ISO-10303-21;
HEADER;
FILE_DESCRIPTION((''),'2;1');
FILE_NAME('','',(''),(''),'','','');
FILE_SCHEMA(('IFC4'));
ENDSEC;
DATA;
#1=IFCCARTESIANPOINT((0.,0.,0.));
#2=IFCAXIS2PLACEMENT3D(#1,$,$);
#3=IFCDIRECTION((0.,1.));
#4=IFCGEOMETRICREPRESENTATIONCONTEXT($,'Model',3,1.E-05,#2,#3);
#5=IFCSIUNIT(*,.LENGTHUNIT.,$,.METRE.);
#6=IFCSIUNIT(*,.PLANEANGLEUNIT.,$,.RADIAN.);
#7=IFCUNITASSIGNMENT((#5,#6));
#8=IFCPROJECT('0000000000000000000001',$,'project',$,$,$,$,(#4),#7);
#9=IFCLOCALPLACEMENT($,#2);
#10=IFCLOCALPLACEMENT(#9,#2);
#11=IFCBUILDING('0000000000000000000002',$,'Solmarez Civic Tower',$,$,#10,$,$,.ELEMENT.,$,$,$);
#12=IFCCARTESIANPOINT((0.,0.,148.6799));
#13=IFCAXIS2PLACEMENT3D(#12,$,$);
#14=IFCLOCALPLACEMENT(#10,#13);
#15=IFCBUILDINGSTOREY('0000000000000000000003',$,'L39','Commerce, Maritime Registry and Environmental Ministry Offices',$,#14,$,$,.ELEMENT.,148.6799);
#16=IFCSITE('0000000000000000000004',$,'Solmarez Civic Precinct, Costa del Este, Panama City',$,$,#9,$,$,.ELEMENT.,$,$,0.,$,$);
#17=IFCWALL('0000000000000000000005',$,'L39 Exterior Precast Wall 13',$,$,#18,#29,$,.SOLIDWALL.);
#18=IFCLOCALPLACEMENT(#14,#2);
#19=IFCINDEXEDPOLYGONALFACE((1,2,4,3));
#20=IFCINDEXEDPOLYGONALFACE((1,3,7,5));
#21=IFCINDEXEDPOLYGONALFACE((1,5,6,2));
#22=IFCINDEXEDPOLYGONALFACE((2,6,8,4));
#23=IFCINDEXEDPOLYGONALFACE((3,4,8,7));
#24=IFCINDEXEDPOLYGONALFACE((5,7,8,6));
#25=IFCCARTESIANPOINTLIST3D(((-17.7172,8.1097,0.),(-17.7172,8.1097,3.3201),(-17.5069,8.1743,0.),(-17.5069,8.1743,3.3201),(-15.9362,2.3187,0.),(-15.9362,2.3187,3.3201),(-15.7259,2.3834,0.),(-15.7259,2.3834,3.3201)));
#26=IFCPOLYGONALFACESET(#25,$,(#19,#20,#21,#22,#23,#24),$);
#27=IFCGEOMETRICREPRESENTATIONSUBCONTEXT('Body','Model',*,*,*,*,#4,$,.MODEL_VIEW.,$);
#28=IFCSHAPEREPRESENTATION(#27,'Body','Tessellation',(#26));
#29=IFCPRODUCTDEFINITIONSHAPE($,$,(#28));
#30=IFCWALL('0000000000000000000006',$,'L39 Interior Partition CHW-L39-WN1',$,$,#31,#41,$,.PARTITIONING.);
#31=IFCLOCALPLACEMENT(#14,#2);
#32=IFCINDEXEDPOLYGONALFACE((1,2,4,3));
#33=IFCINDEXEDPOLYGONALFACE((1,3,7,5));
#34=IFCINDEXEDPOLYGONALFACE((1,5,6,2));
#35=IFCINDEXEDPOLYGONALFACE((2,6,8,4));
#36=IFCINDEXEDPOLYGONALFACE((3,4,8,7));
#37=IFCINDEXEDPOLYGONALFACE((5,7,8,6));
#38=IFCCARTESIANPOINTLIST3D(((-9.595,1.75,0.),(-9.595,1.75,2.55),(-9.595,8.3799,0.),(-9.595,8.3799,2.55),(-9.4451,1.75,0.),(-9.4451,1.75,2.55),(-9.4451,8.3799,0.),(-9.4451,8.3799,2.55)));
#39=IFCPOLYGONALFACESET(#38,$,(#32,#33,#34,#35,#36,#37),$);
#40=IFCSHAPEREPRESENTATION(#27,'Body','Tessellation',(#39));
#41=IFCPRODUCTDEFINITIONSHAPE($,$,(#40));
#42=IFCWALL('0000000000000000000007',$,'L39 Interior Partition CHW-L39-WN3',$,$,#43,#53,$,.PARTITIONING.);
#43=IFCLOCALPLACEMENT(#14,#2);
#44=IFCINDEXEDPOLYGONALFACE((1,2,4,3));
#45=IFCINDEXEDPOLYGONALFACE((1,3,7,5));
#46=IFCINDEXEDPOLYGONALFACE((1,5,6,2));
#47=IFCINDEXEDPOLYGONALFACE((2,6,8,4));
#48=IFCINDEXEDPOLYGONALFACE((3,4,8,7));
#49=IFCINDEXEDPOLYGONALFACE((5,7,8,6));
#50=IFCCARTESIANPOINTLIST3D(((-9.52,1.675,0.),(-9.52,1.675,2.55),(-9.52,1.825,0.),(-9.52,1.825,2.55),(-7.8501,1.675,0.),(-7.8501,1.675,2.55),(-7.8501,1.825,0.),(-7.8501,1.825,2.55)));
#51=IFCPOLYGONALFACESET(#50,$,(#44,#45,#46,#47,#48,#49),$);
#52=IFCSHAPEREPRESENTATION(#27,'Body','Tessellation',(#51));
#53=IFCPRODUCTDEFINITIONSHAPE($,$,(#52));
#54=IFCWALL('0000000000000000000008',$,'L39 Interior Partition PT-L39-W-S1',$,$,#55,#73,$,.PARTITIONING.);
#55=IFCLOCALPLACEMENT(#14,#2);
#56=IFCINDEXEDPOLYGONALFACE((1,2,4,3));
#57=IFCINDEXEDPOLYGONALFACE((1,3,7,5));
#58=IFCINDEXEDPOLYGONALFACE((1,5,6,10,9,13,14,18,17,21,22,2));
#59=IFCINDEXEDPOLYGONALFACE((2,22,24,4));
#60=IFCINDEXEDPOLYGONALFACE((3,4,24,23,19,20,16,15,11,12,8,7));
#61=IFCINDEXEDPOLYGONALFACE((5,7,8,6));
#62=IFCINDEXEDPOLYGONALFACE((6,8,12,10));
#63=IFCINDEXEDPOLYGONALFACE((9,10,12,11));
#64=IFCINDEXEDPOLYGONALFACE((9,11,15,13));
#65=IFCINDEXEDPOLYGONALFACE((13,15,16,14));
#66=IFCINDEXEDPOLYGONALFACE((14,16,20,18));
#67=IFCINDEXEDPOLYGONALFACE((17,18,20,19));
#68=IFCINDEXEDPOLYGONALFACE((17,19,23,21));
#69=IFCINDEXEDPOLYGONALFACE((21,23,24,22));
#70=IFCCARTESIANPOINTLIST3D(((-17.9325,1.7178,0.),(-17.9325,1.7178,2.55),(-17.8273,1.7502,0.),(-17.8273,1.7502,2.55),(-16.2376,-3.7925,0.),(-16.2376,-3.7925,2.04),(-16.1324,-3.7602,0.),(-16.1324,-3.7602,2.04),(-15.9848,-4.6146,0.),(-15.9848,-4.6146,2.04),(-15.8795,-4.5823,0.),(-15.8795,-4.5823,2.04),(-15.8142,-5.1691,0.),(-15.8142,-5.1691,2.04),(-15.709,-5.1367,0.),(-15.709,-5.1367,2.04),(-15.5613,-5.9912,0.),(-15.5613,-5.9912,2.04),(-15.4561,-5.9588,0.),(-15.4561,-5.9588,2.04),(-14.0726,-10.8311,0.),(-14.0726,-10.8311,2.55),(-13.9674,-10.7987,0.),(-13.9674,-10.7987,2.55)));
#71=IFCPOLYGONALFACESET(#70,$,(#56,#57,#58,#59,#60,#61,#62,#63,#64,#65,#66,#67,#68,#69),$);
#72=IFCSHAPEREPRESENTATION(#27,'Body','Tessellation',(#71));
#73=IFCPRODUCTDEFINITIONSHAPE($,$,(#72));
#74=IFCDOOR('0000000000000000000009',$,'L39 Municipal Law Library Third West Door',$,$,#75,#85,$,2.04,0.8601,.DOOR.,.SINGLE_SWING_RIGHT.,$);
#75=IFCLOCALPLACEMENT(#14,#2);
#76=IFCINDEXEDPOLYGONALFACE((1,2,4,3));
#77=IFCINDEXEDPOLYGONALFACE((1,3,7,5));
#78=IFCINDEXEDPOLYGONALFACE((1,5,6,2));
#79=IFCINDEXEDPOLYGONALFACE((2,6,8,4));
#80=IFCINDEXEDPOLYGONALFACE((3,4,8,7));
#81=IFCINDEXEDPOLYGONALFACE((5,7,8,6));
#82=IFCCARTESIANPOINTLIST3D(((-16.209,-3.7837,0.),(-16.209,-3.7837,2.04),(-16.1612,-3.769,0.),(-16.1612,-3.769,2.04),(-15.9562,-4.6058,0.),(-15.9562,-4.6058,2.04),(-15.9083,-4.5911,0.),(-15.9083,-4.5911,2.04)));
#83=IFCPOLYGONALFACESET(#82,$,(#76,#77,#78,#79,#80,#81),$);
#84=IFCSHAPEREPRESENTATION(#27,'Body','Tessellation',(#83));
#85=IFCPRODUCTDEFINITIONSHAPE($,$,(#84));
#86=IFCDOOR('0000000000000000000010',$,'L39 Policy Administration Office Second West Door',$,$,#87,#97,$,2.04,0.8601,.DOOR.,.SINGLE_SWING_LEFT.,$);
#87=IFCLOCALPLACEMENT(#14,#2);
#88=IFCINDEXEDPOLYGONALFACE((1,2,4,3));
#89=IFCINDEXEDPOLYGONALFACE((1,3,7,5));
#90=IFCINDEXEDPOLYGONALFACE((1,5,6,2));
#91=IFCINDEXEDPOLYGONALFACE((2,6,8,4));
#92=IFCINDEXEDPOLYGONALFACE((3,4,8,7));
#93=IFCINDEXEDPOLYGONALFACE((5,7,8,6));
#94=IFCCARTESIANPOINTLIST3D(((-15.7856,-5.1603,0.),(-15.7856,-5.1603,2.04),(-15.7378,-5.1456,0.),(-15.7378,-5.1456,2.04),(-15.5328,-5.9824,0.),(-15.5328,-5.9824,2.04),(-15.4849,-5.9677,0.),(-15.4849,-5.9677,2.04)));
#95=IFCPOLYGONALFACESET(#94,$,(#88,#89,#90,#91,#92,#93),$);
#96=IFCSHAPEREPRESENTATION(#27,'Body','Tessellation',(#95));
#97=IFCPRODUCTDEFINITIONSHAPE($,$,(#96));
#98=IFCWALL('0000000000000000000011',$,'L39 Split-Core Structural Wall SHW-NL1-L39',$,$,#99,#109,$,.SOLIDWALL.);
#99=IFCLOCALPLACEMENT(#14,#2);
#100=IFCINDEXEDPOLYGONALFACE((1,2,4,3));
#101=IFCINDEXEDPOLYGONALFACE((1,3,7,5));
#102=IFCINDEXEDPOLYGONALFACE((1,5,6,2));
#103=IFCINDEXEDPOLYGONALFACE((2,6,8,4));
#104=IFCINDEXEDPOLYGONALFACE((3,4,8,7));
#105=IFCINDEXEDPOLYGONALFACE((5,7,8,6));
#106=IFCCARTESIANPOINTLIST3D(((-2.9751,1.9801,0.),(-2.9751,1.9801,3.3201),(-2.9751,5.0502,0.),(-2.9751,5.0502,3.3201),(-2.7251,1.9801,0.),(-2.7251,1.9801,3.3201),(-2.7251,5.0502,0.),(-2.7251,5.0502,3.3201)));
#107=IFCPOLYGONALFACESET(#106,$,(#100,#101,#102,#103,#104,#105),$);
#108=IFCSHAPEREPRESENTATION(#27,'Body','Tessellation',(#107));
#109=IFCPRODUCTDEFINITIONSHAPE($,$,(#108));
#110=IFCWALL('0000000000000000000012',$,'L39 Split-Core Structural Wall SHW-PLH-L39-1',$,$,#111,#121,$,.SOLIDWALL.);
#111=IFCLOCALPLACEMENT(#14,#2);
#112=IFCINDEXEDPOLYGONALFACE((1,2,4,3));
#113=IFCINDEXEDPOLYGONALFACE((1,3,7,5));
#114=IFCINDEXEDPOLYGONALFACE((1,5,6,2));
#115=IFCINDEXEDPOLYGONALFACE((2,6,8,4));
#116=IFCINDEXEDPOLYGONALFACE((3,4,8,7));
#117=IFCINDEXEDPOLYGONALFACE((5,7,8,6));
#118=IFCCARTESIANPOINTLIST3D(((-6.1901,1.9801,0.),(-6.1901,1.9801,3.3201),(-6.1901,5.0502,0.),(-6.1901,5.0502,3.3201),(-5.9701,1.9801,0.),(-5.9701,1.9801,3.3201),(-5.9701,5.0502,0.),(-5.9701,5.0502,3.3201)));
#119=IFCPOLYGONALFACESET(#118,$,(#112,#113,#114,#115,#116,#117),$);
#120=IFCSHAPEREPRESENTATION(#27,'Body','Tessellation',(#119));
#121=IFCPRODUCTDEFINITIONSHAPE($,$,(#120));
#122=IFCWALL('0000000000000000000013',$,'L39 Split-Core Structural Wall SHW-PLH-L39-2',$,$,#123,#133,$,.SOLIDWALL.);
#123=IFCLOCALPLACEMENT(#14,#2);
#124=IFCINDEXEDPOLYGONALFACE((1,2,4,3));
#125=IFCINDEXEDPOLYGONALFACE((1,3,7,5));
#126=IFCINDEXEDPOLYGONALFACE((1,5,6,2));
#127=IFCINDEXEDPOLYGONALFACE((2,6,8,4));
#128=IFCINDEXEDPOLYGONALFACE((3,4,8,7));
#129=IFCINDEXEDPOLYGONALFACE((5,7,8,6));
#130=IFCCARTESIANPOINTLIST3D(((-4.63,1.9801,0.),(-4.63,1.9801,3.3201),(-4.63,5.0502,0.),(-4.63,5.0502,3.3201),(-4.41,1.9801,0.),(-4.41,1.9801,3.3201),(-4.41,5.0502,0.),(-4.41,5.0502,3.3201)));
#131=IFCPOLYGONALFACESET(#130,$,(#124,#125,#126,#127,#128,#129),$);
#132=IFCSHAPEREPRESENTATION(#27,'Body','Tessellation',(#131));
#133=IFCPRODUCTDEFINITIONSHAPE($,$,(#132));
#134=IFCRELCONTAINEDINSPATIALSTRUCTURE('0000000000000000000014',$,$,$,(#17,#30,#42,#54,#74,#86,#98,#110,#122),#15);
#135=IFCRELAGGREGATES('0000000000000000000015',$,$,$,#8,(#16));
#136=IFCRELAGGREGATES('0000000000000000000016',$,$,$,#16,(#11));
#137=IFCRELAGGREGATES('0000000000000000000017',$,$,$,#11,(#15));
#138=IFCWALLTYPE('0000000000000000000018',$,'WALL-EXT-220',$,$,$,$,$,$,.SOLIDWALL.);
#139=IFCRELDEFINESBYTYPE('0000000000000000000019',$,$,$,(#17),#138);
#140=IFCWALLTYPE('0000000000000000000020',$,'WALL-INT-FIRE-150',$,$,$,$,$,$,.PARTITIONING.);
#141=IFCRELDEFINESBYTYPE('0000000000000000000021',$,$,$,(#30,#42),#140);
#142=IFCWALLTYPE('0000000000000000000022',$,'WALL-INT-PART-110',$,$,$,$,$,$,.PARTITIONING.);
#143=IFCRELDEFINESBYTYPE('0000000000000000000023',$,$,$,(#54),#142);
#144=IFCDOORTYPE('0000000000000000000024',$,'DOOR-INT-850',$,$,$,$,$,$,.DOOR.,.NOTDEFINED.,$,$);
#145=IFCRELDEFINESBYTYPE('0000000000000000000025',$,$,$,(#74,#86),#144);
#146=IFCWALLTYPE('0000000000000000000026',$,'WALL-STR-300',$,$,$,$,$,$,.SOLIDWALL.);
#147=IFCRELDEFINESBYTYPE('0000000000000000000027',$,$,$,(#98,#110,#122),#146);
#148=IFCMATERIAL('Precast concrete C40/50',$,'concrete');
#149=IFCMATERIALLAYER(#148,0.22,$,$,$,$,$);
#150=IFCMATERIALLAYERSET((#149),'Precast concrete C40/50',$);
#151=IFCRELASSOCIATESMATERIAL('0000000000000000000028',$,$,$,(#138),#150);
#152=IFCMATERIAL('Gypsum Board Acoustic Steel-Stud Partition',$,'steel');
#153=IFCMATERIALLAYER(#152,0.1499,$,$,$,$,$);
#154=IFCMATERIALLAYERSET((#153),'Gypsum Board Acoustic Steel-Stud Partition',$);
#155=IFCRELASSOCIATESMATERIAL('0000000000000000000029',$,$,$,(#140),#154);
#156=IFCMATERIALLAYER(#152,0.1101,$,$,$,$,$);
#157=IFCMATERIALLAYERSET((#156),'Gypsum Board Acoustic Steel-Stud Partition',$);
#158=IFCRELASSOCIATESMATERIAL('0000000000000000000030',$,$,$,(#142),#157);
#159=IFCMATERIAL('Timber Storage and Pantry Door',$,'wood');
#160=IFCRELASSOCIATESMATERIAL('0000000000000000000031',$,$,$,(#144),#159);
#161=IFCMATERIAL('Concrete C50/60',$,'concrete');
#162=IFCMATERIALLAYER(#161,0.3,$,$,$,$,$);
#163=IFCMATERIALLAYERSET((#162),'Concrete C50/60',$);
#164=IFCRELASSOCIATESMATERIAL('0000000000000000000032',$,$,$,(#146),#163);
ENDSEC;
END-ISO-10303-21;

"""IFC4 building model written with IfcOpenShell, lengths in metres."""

from ifc_helpers import new_model, si_unit, direction, frame, frame_2d, origin, place, context, subcontext, project, spatial, rectangle, extrude, material, layer, layer_set, type_object, element, fill, save


model = new_model("IFC4")

# Units and contexts
model_context = context("Model", 3, precision=1e-05, world=origin(), true_north=direction((0.0, 1.0)))
body_context = subcontext(model_context, "Body", "Model", "MODEL_VIEW")
ifc_project = project(units=[si_unit("LENGTHUNIT", "METRE"), si_unit("PLANEANGLEUNIT", "RADIAN")], contexts=[model_context])

# Site, building, storey
site_placement = place(None, origin())
site = spatial("IfcSite", under=ifc_project, at=site_placement, Name="Solmarez Civic Precinct, Costa del Este, Panama City", CompositionType="ELEMENT", RefElevation=0.0)
building_placement = place(site_placement, origin())
building = spatial("IfcBuilding", under=site, at=building_placement, Name="Solmarez Civic Tower", CompositionType="ELEMENT")
storey_placement = place(building_placement, frame((0.0, 0.0, 148.6799)))
storey = spatial("IfcBuildingStorey", under=building, at=storey_placement, Name="L39", Description="Commerce, Maritime Registry and Environmental Ministry Offices", CompositionType="ELEMENT", Elevation=148.6799)

# Shared definitions
ifc_material_1 = material(Name="Concrete C50/60", Category="concrete")

# Walls
ifc_material_2 = material(Name="Precast concrete C40/50", Category="concrete")
ifc_layer_1 = layer(ifc_material_2, 0.22)
ifc_layer_set_1 = layer_set([ifc_layer_1], Name="Precast concrete C40/50")
wall_type_1 = type_object("IfcWallType", Name="WALL-EXT-220", PredefinedType="SOLIDWALL", material=ifc_layer_set_1)
wall_1_placement = place(storey_placement, frame((-15.8311, 2.3511, 0.0), z_axis=(0.0, 0.0, 1.0), x_axis=(-0.293958, 0.955818, 0.0)))
element("IfcWall", 1, at=wall_1_placement, inside=storey, type_object=wall_type_1, Name="L39 Exterior Precast Wall 13", PredefinedType="SOLIDWALL", context=body_context, shape_type="SweptSolid", body=[
    extrude(rectangle(XDim=6.0586, YDim=0.22, at=frame_2d((3.0293, 0.0))), origin(), (0.0, 0.0, 1.0), 3.3201),
])
ifc_material_3 = material(Name="Gypsum Board Acoustic Steel-Stud Partition", Category="steel")
ifc_layer_2 = layer(ifc_material_3, 0.1499)
ifc_layer_set_2 = layer_set([ifc_layer_2], Name="Gypsum Board Acoustic Steel-Stud Partition")
wall_type_2 = type_object("IfcWallType", Name="WALL-INT-FIRE-150", PredefinedType="PARTITIONING", material=ifc_layer_set_2)
wall_2_placement = place(storey_placement, frame((-9.52, 1.75, 0.0), z_axis=(0.0, 0.0, 1.0), x_axis=(0.0, 1.0, 0.0)))
element("IfcWall", 2, at=wall_2_placement, inside=storey, type_object=wall_type_2, Name="L39 Interior Partition CHW-L39-WN1", PredefinedType="PARTITIONING", context=body_context, shape_type="SweptSolid", body=[
    extrude(rectangle(XDim=6.6299, YDim=0.1499, at=frame_2d((3.3149, 0.0))), origin(), (0.0, 0.0, 1.0), 2.55),
])
wall_3_placement = place(storey_placement, frame((-7.8501, 1.75, 0.0), z_axis=(0.0, 0.0, 1.0), x_axis=(-1.0, 0.0, 0.0)))
element("IfcWall", 3, at=wall_3_placement, inside=storey, type_object=wall_type_2, Name="L39 Interior Partition CHW-L39-WN3", PredefinedType="PARTITIONING", context=body_context, shape_type="SweptSolid", body=[
    extrude(rectangle(XDim=1.6699, YDim=0.1499, at=frame_2d((0.835, 0.0))), origin(), (0.0, 0.0, 1.0), 2.55),
])

# Wall, openings, doors
ifc_layer_3 = layer(ifc_material_3, 0.1101)
ifc_layer_set_3 = layer_set([ifc_layer_3], Name="Gypsum Board Acoustic Steel-Stud Partition")
wall_type_3 = type_object("IfcWallType", Name="WALL-INT-PART-110", PredefinedType="PARTITIONING", material=ifc_layer_set_3)
wall_4_placement = place(storey_placement, frame((-17.8799, 1.7339, 0.0), z_axis=(0.0, 0.0, 1.0), x_axis=(0.293994, -0.955807, 0.0)))
wall_4 = element("IfcWall", 4, at=wall_4_placement, inside=storey, type_object=wall_type_3, Name="L39 Interior Partition PT-L39-W-S1", PredefinedType="PARTITIONING", context=body_context, shape_type="SweptSolid", body=[
    extrude(rectangle(XDim=13.1292, YDim=0.1101, at=frame_2d((6.5645, 0.0))), origin(), (0.0, 0.0, 1.0), 2.55),
])
opening_1_placement = place(wall_4_placement, frame((5.7649, 0.0, 0.0)))
opening_1 = element("IfcOpeningElement", 5, at=opening_1_placement, cuts=wall_4, PredefinedType="OPENING", context=body_context, shape_type="SweptSolid", body=[
    extrude(rectangle(XDim=0.8601, YDim=2.04, at=frame_2d((0.4302, 1.02))), frame((0.0, 0.0649, 0.0), z_axis=(0.0, -1.0, 0.0), x_axis=(1.0, 0.0, 0.0)), (0.0, 0.0, 1.0), 0.1301),
])
opening_2_placement = place(wall_4_placement, frame((7.2051, 0.0, 0.0)))
opening_2 = element("IfcOpeningElement", 6, at=opening_2_placement, cuts=wall_4, PredefinedType="OPENING", context=body_context, shape_type="SweptSolid", body=[
    extrude(rectangle(XDim=0.8601, YDim=2.04, at=frame_2d((0.4302, 1.02))), frame((0.0, 0.0649, 0.0), z_axis=(0.0, -1.0, 0.0), x_axis=(1.0, 0.0, 0.0)), (0.0, 0.0, 1.0), 0.1301),
])
ifc_material_4 = material(Name="Timber Storage and Pantry Door", Category="wood")
door_type = type_object("IfcDoorType", Name="DOOR-INT-850", OperationType="NOTDEFINED", PredefinedType="DOOR", material=ifc_material_4)
door_1_placement = place(opening_1_placement, origin())
door_1 = element("IfcDoor", 7, at=door_1_placement, inside=storey, type_object=door_type, Name="L39 Municipal Law Library Third West Door", OperationType="SINGLE_SWING_RIGHT", OverallHeight=2.04, OverallWidth=0.8601, PredefinedType="DOOR", context=body_context, shape_type="SweptSolid", body=[
    extrude(rectangle(XDim=0.8601, YDim=2.04, at=frame_2d((0.4302, 1.02))), frame((0.0, 0.0249, 0.0), z_axis=(0.0, -1.0, 0.0), x_axis=(1.0, 0.0, 0.0)), (0.0, 0.0, 1.0), 0.05),
])
fill(opening_1, door_1)
door_2_placement = place(opening_2_placement, origin())
door_2 = element("IfcDoor", 8, at=door_2_placement, inside=storey, type_object=door_type, Name="L39 Policy Administration Office Second West Door", OperationType="SINGLE_SWING_LEFT", OverallHeight=2.04, OverallWidth=0.8601, PredefinedType="DOOR", context=body_context, shape_type="SweptSolid", body=[
    extrude(rectangle(XDim=0.8601, YDim=2.04, at=frame_2d((0.4302, 1.02))), frame((0.0, 0.0249, 0.0), z_axis=(0.0, -1.0, 0.0), x_axis=(1.0, 0.0, 0.0)), (0.0, 0.0, 1.0), 0.05),
])
fill(opening_2, door_2)

# Walls
ifc_layer_4 = layer(ifc_material_1, 0.3)
ifc_layer_set_4 = layer_set([ifc_layer_4], Name="Concrete C50/60")
wall_type_4 = type_object("IfcWallType", Name="WALL-STR-300", PredefinedType="SOLIDWALL", material=ifc_layer_set_4)
wall_5_placement = place(storey_placement, frame((-2.8501, 1.98, 0.0), z_axis=(0.0, 0.0, 1.0), x_axis=(0.0, 1.0, 0.0)))
element("IfcWall", 9, at=wall_5_placement, inside=storey, type_object=wall_type_4, Name="L39 Split-Core Structural Wall SHW-NL1-L39", PredefinedType="SOLIDWALL", context=body_context, shape_type="SweptSolid", body=[
    extrude(rectangle(XDim=3.0701, YDim=0.25, at=frame_2d((1.5352, 0.0))), origin(), (0.0, 0.0, 1.0), 3.3201),
])
for number, where, z_axis, x_axis, name in (
    (10, (-6.0801, 1.98, 0.0), (0.0, 0.0, 1.0), (0.0, 1.0, 0.0), "L39 Split-Core Structural Wall SHW-PLH-L39-1"),
    (11, (-4.52, 1.98, 0.0), (0.0, 0.0, 1.0), (0.0, 1.0, 0.0), "L39 Split-Core Structural Wall SHW-PLH-L39-2"),
):
    element("IfcWall", number, at=place(storey_placement, frame(where, z_axis=z_axis, x_axis=x_axis)), inside=storey, type_object=wall_type_4, Name=name, PredefinedType="SOLIDWALL", context=body_context, shape_type="SweptSolid", body=[
        extrude(rectangle(XDim=3.0701, YDim=0.22, at=frame_2d((1.5352, 0.0))), origin(), (0.0, 0.0, 1.0), 3.3201),
    ])

save(model, "model.ifc")
